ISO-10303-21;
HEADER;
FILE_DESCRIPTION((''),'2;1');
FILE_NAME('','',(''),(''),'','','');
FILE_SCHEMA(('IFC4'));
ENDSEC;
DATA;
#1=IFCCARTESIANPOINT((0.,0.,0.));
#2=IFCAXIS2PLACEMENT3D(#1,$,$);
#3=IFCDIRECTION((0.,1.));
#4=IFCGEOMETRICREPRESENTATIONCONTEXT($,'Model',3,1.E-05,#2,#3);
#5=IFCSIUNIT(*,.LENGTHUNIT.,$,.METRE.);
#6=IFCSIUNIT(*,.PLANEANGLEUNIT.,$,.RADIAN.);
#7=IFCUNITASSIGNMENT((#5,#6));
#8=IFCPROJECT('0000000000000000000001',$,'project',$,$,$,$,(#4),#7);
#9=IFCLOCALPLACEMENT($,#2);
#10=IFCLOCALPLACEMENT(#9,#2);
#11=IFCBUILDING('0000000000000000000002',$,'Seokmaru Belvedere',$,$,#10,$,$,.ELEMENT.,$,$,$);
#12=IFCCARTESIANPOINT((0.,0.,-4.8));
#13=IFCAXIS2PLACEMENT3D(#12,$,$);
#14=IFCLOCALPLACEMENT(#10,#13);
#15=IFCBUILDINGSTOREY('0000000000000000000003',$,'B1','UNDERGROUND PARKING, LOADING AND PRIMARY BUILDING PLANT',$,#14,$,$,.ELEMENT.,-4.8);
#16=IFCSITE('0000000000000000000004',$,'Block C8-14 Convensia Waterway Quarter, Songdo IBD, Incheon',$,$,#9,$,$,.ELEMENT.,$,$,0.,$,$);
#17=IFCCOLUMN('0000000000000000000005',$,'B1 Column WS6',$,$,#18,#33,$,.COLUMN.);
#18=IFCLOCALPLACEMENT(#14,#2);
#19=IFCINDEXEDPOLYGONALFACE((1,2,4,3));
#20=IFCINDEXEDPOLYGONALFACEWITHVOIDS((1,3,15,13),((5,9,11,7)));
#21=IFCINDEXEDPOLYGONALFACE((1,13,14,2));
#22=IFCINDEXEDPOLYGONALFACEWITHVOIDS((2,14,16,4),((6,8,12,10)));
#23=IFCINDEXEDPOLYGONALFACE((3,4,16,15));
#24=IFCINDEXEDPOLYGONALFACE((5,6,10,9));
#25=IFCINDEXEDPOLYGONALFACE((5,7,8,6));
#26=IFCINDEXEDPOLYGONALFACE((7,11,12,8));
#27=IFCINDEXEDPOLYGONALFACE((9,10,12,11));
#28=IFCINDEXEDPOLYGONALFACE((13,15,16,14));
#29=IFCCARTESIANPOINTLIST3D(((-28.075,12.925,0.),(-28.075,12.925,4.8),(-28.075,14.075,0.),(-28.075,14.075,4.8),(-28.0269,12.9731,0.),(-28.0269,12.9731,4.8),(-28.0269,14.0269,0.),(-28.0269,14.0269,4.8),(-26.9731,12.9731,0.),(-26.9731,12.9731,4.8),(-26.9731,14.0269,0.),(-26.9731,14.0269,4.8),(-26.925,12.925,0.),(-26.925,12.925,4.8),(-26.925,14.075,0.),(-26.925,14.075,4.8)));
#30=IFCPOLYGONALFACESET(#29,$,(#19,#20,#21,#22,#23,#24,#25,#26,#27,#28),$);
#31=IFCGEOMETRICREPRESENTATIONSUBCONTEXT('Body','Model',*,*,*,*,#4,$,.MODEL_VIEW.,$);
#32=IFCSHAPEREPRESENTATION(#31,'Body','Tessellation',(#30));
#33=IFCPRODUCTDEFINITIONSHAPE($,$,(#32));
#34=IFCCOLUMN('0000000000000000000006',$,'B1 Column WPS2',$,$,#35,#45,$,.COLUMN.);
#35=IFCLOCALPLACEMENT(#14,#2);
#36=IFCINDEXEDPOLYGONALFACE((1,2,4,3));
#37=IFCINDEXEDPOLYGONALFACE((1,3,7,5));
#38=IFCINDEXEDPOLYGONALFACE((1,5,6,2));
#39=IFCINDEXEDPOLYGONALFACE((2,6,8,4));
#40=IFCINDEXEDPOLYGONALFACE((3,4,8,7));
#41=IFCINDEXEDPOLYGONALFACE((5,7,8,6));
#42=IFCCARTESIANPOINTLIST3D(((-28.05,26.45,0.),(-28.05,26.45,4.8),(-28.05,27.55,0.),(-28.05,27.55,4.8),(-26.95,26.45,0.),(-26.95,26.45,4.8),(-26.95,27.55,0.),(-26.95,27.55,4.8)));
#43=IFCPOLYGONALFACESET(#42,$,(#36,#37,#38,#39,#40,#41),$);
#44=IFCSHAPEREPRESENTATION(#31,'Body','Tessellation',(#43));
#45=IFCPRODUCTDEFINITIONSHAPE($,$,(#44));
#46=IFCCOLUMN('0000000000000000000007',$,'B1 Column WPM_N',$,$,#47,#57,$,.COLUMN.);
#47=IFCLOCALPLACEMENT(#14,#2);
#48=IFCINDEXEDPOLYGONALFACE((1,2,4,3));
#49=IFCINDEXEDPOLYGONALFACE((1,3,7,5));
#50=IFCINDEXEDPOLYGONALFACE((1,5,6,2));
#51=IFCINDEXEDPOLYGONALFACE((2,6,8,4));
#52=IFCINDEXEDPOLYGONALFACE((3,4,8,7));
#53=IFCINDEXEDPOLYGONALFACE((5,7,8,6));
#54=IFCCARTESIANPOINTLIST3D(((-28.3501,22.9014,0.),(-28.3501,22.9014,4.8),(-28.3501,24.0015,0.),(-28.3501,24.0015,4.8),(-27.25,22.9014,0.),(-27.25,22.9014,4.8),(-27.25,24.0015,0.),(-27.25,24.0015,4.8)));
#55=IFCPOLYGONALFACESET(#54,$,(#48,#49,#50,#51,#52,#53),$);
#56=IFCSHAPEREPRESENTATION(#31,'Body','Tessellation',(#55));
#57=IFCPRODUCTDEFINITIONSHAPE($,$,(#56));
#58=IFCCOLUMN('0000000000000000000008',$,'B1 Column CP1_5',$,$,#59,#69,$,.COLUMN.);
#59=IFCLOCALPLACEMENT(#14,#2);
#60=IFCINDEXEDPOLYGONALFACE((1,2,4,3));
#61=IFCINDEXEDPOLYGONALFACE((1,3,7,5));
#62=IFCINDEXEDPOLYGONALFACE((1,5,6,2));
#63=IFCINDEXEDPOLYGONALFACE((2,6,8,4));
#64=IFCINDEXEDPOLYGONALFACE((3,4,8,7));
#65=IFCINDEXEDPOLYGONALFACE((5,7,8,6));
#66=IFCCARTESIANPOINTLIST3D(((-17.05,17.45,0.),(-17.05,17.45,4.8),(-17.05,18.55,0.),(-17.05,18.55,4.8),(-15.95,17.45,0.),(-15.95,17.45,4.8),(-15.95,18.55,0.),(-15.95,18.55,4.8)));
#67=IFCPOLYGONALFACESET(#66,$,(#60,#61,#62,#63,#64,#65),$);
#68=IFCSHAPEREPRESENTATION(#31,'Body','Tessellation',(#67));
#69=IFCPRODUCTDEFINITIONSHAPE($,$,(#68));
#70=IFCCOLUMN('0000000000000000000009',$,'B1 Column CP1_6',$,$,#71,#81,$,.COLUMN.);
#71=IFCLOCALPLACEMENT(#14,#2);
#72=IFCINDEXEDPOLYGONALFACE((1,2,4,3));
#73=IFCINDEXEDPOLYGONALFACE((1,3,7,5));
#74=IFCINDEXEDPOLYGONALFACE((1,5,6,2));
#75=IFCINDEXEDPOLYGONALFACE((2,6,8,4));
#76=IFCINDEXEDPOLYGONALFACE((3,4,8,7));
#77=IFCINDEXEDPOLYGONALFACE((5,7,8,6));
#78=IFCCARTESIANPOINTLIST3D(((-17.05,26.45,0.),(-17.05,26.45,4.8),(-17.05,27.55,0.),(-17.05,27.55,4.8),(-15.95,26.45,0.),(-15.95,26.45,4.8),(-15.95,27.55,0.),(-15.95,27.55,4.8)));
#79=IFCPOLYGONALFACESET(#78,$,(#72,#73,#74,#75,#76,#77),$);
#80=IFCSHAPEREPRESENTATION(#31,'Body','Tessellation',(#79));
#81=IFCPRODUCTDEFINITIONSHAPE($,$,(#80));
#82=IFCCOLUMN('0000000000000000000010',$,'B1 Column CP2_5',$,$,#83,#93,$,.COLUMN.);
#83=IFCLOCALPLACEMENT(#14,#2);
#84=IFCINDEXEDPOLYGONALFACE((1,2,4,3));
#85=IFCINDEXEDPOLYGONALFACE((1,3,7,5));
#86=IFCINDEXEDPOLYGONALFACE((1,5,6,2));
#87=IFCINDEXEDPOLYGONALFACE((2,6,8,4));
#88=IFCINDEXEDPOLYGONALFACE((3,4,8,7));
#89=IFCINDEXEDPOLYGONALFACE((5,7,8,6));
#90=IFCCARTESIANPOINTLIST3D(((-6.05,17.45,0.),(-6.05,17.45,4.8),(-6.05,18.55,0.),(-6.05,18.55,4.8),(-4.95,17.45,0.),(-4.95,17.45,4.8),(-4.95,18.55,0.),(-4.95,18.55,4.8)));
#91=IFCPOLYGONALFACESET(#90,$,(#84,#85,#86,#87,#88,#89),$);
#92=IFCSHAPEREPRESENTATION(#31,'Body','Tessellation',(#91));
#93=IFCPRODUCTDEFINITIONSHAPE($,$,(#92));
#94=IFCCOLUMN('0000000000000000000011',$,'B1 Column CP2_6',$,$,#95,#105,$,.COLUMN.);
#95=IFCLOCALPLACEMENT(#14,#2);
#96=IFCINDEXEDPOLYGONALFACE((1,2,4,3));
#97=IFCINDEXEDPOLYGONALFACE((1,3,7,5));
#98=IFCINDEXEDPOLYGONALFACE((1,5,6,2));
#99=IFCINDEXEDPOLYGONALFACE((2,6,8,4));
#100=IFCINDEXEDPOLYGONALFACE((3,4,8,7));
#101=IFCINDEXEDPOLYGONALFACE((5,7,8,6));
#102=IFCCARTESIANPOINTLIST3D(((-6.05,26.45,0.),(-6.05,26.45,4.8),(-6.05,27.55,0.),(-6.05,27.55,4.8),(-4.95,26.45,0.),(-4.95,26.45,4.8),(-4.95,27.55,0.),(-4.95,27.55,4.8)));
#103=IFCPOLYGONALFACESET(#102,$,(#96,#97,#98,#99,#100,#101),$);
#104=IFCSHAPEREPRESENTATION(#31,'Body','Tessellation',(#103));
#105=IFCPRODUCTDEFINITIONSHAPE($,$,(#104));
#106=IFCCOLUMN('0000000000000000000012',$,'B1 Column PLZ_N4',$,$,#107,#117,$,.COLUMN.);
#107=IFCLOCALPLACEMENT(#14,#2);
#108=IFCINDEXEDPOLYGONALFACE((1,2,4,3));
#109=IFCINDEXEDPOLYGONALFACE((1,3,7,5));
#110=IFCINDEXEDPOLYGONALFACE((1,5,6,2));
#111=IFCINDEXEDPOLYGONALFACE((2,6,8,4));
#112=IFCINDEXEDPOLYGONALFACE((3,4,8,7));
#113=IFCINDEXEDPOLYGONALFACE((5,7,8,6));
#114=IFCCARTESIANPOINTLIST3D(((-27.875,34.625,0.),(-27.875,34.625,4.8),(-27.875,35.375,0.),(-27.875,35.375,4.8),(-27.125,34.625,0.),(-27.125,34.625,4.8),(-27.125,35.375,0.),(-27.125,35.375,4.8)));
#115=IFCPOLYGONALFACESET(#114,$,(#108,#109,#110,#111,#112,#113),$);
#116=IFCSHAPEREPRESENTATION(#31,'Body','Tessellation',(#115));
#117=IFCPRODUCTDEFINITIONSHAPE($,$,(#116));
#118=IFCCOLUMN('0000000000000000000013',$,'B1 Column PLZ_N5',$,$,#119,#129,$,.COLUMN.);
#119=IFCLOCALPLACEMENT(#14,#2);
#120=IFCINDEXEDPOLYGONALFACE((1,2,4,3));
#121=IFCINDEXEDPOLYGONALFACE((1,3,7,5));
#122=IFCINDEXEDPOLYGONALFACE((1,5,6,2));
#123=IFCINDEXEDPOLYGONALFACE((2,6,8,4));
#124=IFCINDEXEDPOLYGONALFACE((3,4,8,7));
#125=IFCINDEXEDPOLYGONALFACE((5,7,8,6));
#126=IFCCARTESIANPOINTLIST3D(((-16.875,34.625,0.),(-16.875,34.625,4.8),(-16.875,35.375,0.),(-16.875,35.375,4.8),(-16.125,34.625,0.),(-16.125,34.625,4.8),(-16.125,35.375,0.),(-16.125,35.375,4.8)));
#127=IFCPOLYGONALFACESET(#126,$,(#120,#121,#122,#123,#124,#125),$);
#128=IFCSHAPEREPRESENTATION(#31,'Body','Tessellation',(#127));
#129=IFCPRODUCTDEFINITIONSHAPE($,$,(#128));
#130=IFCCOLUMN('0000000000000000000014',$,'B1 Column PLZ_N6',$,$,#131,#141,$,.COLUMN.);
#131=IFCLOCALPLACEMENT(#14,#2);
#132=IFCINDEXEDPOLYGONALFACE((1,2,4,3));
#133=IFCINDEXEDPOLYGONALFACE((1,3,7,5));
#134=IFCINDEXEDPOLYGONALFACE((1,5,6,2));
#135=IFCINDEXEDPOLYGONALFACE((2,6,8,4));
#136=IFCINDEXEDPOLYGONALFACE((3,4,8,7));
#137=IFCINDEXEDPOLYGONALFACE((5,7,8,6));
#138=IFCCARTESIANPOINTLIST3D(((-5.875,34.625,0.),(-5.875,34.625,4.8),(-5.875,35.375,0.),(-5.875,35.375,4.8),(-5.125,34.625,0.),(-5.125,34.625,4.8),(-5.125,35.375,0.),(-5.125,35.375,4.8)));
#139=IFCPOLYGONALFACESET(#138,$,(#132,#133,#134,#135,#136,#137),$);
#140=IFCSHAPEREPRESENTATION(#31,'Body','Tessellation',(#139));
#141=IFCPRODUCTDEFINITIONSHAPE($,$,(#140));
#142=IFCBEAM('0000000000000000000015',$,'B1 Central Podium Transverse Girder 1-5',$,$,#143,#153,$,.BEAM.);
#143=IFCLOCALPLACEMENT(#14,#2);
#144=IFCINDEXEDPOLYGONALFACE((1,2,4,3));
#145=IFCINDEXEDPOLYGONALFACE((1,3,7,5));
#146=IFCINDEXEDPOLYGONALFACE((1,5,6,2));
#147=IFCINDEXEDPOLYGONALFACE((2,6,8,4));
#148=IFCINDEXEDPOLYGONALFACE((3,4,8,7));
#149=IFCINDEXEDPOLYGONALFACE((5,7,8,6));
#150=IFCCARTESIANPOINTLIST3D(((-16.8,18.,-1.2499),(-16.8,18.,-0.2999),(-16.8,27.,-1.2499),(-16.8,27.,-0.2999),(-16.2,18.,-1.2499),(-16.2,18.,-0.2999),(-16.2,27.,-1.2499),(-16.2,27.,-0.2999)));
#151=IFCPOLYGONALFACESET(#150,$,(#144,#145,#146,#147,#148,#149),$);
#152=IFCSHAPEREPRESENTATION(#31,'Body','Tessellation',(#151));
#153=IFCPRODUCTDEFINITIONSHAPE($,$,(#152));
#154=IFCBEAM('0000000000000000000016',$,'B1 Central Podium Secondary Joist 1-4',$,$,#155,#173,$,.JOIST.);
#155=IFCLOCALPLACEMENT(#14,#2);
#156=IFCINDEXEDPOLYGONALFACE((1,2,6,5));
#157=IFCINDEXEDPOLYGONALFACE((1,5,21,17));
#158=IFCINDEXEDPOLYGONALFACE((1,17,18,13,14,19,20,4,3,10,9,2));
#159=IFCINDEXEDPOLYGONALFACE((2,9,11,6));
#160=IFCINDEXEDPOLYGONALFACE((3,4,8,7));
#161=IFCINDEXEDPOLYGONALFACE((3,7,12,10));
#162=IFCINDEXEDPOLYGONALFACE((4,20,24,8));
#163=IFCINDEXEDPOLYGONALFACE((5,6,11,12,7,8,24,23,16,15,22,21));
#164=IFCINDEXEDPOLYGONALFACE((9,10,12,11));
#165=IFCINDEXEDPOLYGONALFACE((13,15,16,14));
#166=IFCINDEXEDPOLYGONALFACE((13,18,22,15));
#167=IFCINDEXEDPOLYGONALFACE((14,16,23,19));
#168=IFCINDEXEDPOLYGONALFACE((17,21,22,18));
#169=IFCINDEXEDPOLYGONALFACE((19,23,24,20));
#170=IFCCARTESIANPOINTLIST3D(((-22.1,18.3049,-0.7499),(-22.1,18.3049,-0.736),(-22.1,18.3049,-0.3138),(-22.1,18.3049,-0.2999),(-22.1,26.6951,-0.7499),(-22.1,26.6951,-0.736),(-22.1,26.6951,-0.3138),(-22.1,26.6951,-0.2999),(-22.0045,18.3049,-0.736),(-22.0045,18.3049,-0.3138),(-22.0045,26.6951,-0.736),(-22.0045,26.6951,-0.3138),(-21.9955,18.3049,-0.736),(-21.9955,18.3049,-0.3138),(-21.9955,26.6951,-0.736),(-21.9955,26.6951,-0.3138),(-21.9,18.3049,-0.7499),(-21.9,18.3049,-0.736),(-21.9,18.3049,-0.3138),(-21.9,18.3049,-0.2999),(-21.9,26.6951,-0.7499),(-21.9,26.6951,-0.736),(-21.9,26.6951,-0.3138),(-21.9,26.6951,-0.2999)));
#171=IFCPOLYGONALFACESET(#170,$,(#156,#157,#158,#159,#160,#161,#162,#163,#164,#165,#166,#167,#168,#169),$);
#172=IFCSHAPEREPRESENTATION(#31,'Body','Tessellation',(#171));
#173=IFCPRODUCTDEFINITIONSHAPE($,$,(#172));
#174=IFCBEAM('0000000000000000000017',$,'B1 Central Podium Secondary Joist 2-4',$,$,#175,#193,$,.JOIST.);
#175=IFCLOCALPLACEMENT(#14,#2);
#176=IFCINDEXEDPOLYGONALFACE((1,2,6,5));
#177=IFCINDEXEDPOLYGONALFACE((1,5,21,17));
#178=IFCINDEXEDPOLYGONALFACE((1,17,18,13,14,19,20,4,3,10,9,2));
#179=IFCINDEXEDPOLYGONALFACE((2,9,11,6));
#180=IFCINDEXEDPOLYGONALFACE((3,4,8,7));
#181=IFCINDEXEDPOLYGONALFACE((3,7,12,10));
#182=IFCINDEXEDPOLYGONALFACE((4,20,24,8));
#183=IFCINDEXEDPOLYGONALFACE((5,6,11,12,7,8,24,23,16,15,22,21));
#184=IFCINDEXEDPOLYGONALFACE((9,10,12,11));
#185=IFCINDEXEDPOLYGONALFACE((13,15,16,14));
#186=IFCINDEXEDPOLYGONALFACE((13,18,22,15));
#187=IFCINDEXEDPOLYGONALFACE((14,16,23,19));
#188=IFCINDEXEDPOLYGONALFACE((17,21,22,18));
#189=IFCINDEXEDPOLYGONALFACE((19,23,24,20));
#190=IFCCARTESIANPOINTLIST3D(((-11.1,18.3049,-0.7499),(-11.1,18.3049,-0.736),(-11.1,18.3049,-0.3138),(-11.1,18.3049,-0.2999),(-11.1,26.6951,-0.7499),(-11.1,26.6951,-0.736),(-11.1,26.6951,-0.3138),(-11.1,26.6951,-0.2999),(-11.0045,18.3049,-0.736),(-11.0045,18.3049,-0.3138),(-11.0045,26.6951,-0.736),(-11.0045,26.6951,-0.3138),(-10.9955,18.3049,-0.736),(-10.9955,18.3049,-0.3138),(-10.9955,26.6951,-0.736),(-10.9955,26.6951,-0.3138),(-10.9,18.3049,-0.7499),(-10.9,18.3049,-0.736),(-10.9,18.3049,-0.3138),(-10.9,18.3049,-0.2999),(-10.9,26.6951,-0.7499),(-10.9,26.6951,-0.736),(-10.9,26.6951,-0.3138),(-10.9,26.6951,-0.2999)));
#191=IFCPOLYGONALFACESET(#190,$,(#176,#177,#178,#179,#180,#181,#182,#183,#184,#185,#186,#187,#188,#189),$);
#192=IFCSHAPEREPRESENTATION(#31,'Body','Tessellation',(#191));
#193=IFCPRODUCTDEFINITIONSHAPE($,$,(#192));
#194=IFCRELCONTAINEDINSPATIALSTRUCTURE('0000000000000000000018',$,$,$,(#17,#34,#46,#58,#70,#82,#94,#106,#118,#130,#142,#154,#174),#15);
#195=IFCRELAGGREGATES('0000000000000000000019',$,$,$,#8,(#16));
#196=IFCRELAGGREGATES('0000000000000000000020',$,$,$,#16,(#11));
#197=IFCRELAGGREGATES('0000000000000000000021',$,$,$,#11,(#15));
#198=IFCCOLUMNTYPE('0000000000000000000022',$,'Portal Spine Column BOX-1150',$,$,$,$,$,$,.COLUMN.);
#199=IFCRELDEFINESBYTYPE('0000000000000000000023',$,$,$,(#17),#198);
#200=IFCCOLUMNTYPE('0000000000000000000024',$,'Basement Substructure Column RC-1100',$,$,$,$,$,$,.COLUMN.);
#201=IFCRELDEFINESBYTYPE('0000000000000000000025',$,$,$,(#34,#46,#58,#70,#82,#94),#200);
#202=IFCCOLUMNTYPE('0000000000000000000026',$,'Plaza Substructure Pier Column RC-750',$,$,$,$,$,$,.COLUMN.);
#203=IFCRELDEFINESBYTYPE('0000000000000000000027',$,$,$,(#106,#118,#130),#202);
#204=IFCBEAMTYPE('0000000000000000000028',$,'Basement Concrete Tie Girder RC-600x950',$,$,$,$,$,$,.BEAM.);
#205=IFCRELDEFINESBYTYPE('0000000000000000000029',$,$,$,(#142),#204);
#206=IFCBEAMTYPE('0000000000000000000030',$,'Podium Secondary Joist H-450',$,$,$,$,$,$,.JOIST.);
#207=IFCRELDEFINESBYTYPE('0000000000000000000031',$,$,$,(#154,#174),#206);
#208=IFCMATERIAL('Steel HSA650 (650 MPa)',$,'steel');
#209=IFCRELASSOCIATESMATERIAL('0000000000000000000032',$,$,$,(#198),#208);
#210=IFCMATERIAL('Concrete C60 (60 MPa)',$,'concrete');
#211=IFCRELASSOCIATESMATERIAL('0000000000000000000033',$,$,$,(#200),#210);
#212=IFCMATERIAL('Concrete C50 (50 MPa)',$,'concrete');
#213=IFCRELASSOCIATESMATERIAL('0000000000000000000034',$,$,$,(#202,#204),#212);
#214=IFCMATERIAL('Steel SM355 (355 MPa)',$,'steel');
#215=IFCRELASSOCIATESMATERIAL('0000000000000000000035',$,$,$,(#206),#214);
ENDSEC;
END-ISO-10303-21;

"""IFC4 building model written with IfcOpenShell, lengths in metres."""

from ifc_helpers import new_model, si_unit, direction, frame, origin, origin_2d, place, context, subcontext, project, spatial, rectangle, hollow_rectangle, i_section, extrude, source, transform, mapped, material, material_profile, profile_set, type_object, type_shapes, element, save


model = new_model("IFC4")

# Units and contexts
model_context = context("Model", 3, precision=1e-05, world=origin(), true_north=direction((0.0, 1.0)))
body_context = subcontext(model_context, "Body", "Model", "MODEL_VIEW")
ifc_project = project(units=[si_unit("LENGTHUNIT", "METRE"), si_unit("PLANEANGLEUNIT", "RADIAN")], contexts=[model_context])

# Site, building, storey
site_placement = place(None, origin())
site = spatial("IfcSite", under=ifc_project, at=site_placement, Name="Block C8-14 Convensia Waterway Quarter, Songdo IBD, Incheon", CompositionType="ELEMENT", RefElevation=0.0)
building_placement = place(site_placement, origin())
building = spatial("IfcBuilding", under=site, at=building_placement, Name="Seokmaru Belvedere", CompositionType="ELEMENT")
storey_placement = place(building_placement, frame((0.0, 0.0, -4.8)))
storey = spatial("IfcBuildingStorey", under=building, at=storey_placement, Name="B1", Description="UNDERGROUND PARKING, LOADING AND PRIMARY BUILDING PLANT", CompositionType="ELEMENT", Elevation=-4.8)

# Columns
ifc_material_1 = material(Name="Steel HSA650 (650 MPa)", Category="steel")
ifc_material_profile_1 = material_profile(ifc_material_1, hollow_rectangle(XDim=1.1499, YDim=1.1499, WallThickness=0.0481, at=origin_2d()), Name="BOX-1150x1150x48")
ifc_profile_set_1 = profile_set([ifc_material_profile_1], Name="Steel HSA650 (650 MPa)")
column_type_1 = type_object("IfcColumnType", Name="Portal Spine Column BOX-1150", PredefinedType="COLUMN", material=ifc_profile_set_1)
shared_shape_1 = source(origin(), body_context, "Body", "SweptSolid", [
    extrude(hollow_rectangle(XDim=1.1499, YDim=1.1499, WallThickness=0.0481, at=origin_2d()), origin(), (0.0, 0.0, 1.0), 4.8),
])
type_shapes(column_type_1, [shared_shape_1])
column_placement = place(storey_placement, frame((-27.5, 13.5, 0.0), z_axis=(0.0, 0.0, 1.0), x_axis=(1.0, 0.0, 0.0)))
element("IfcColumn", 1, at=column_placement, inside=storey, type_object=column_type_1, Name="B1 Column WS6", PredefinedType="COLUMN", context=body_context, shape_type="MappedRepresentation", body=[
    mapped(shared_shape_1, transform((0.0, 0.0, 0.0), scale=1.0)),
])
ifc_material_2 = material(Name="Concrete C60 (60 MPa)", Category="concrete")
ifc_material_profile_2 = material_profile(ifc_material_2, rectangle(XDim=1.1001, YDim=1.1001, at=origin_2d()), Name="RC-1100x1100")
ifc_profile_set_2 = profile_set([ifc_material_profile_2], Name="Concrete C60 (60 MPa)")
column_type_2 = type_object("IfcColumnType", Name="Basement Substructure Column RC-1100", PredefinedType="COLUMN", material=ifc_profile_set_2)
shared_shape_2 = source(origin(), body_context, "Body", "SweptSolid", [
    extrude(rectangle(XDim=1.1001, YDim=1.1001, at=origin_2d()), origin(), (0.0, 0.0, 1.0), 4.8),
])
type_shapes(column_type_2, [shared_shape_2])
for number, where, z_axis, x_axis, name in (
    (2, (-27.5, 27.0, 0.0), (0.0, 0.0, 1.0), (1.0, 0.0, 0.0), "B1 Column WPS2"),
    (3, (-27.8, 23.4514, 0.0), (0.0, 0.0, 1.0), (1.0, 0.0, 0.0), "B1 Column WPM_N"),
    (4, (-16.5, 18.0, 0.0), (0.0, 0.0, 1.0), (1.0, 0.0, 0.0), "B1 Column CP1_5"),
    (5, (-16.5, 27.0, 0.0), (0.0, 0.0, 1.0), (1.0, 0.0, 0.0), "B1 Column CP1_6"),
    (6, (-5.5, 18.0, 0.0), (0.0, 0.0, 1.0), (1.0, 0.0, 0.0), "B1 Column CP2_5"),
    (7, (-5.5, 27.0, 0.0), (0.0, 0.0, 1.0), (1.0, 0.0, 0.0), "B1 Column CP2_6"),
):
    element("IfcColumn", number, at=place(storey_placement, frame(where, z_axis=z_axis, x_axis=x_axis)), inside=storey, type_object=column_type_2, Name=name, PredefinedType="COLUMN", context=body_context, shape_type="MappedRepresentation", body=[
        mapped(shared_shape_2, transform((0.0, 0.0, 0.0), scale=1.0)),
    ])
ifc_material_3 = material(Name="Concrete C50 (50 MPa)", Category="concrete")
ifc_material_profile_3 = material_profile(ifc_material_3, rectangle(XDim=0.75, YDim=0.75, at=origin_2d()), Name="RC-750x750")
ifc_profile_set_3 = profile_set([ifc_material_profile_3], Name="Concrete C50 (50 MPa)")
column_type_3 = type_object("IfcColumnType", Name="Plaza Substructure Pier Column RC-750", PredefinedType="COLUMN", material=ifc_profile_set_3)
shared_shape_3 = source(origin(), body_context, "Body", "SweptSolid", [
    extrude(rectangle(XDim=0.75, YDim=0.75, at=origin_2d()), origin(), (0.0, 0.0, 1.0), 4.8),
])
type_shapes(column_type_3, [shared_shape_3])
for number, where, z_axis, x_axis, name in (
    (8, (-27.5, 35.0, 0.0), (0.0, 0.0, 1.0), (1.0, 0.0, 0.0), "B1 Column PLZ_N4"),
    (9, (-16.5, 35.0, 0.0), (0.0, 0.0, 1.0), (1.0, 0.0, 0.0), "B1 Column PLZ_N5"),
    (10, (-5.5, 35.0, 0.0), (0.0, 0.0, 1.0), (1.0, 0.0, 0.0), "B1 Column PLZ_N6"),
):
    element("IfcColumn", number, at=place(storey_placement, frame(where, z_axis=z_axis, x_axis=x_axis)), inside=storey, type_object=column_type_3, Name=name, PredefinedType="COLUMN", context=body_context, shape_type="MappedRepresentation", body=[
        mapped(shared_shape_3, transform((0.0, 0.0, 0.0), scale=1.0)),
    ])

# Beams
ifc_material_profile_4 = material_profile(ifc_material_3, rectangle(XDim=0.6001, YDim=0.95, at=origin_2d()), Name="RC-600x950")
ifc_profile_set_4 = profile_set([ifc_material_profile_4], Name="Concrete C50 (50 MPa)")
beam_type_1 = type_object("IfcBeamType", Name="Basement Concrete Tie Girder RC-600x950", PredefinedType="BEAM", material=ifc_profile_set_4)
shared_shape_4 = source(origin(), body_context, "Body", "SweptSolid", [
    extrude(rectangle(XDim=0.6001, YDim=0.95, at=origin_2d()), origin(), (0.0, 0.0, 1.0), 9.0),
])
beam_1_placement = place(storey_placement, frame((-16.5, 18.0, -0.7749), z_axis=(0.0, 1.0, 0.0), x_axis=(-1.0, 0.0, 0.0)))
element("IfcBeam", 11, at=beam_1_placement, inside=storey, type_object=beam_type_1, Name="B1 Central Podium Transverse Girder 1-5", PredefinedType="BEAM", context=body_context, shape_type="MappedRepresentation", body=[
    mapped(shared_shape_4, transform((0.0, 0.0, 0.0), scale=1.0)),
])
ifc_material_4 = material(Name="Steel SM355 (355 MPa)", Category="steel")
ifc_material_profile_5 = material_profile(ifc_material_4, i_section(OverallWidth=0.2, OverallDepth=0.45, WebThickness=0.009, FlangeThickness=0.0139, at=origin_2d()), Name="H-450x200x9x14")
ifc_profile_set_5 = profile_set([ifc_material_profile_5], Name="Steel SM355 (355 MPa)")
beam_type_2 = type_object("IfcBeamType", Name="Podium Secondary Joist H-450", PredefinedType="JOIST", material=ifc_profile_set_5)
shared_shape_5 = source(origin(), body_context, "Body", "SweptSolid", [
    extrude(i_section(OverallWidth=0.2, OverallDepth=0.45, WebThickness=0.009, FlangeThickness=0.0139, at=origin_2d()), origin(), (0.0, 0.0, 1.0), 8.3901),
])
type_shapes(beam_type_2, [shared_shape_5])
for number, where, z_axis, x_axis, name in (
    (12, (-22.0, 18.3049, -0.5249), (0.0, 1.0, 0.0), (-1.0, 0.0, 0.0), "B1 Central Podium Secondary Joist 1-4"),
    (13, (-11.0, 18.3049, -0.5249), (0.0, 1.0, 0.0), (-1.0, 0.0, 0.0), "B1 Central Podium Secondary Joist 2-4"),
):
    element("IfcBeam", number, at=place(storey_placement, frame(where, z_axis=z_axis, x_axis=x_axis)), inside=storey, type_object=beam_type_2, Name=name, PredefinedType="JOIST", context=body_context, shape_type="MappedRepresentation", body=[
        mapped(shared_shape_5, transform((0.0, 0.0, 0.0), scale=1.0)),
    ])

save(model, "model.ifc")
